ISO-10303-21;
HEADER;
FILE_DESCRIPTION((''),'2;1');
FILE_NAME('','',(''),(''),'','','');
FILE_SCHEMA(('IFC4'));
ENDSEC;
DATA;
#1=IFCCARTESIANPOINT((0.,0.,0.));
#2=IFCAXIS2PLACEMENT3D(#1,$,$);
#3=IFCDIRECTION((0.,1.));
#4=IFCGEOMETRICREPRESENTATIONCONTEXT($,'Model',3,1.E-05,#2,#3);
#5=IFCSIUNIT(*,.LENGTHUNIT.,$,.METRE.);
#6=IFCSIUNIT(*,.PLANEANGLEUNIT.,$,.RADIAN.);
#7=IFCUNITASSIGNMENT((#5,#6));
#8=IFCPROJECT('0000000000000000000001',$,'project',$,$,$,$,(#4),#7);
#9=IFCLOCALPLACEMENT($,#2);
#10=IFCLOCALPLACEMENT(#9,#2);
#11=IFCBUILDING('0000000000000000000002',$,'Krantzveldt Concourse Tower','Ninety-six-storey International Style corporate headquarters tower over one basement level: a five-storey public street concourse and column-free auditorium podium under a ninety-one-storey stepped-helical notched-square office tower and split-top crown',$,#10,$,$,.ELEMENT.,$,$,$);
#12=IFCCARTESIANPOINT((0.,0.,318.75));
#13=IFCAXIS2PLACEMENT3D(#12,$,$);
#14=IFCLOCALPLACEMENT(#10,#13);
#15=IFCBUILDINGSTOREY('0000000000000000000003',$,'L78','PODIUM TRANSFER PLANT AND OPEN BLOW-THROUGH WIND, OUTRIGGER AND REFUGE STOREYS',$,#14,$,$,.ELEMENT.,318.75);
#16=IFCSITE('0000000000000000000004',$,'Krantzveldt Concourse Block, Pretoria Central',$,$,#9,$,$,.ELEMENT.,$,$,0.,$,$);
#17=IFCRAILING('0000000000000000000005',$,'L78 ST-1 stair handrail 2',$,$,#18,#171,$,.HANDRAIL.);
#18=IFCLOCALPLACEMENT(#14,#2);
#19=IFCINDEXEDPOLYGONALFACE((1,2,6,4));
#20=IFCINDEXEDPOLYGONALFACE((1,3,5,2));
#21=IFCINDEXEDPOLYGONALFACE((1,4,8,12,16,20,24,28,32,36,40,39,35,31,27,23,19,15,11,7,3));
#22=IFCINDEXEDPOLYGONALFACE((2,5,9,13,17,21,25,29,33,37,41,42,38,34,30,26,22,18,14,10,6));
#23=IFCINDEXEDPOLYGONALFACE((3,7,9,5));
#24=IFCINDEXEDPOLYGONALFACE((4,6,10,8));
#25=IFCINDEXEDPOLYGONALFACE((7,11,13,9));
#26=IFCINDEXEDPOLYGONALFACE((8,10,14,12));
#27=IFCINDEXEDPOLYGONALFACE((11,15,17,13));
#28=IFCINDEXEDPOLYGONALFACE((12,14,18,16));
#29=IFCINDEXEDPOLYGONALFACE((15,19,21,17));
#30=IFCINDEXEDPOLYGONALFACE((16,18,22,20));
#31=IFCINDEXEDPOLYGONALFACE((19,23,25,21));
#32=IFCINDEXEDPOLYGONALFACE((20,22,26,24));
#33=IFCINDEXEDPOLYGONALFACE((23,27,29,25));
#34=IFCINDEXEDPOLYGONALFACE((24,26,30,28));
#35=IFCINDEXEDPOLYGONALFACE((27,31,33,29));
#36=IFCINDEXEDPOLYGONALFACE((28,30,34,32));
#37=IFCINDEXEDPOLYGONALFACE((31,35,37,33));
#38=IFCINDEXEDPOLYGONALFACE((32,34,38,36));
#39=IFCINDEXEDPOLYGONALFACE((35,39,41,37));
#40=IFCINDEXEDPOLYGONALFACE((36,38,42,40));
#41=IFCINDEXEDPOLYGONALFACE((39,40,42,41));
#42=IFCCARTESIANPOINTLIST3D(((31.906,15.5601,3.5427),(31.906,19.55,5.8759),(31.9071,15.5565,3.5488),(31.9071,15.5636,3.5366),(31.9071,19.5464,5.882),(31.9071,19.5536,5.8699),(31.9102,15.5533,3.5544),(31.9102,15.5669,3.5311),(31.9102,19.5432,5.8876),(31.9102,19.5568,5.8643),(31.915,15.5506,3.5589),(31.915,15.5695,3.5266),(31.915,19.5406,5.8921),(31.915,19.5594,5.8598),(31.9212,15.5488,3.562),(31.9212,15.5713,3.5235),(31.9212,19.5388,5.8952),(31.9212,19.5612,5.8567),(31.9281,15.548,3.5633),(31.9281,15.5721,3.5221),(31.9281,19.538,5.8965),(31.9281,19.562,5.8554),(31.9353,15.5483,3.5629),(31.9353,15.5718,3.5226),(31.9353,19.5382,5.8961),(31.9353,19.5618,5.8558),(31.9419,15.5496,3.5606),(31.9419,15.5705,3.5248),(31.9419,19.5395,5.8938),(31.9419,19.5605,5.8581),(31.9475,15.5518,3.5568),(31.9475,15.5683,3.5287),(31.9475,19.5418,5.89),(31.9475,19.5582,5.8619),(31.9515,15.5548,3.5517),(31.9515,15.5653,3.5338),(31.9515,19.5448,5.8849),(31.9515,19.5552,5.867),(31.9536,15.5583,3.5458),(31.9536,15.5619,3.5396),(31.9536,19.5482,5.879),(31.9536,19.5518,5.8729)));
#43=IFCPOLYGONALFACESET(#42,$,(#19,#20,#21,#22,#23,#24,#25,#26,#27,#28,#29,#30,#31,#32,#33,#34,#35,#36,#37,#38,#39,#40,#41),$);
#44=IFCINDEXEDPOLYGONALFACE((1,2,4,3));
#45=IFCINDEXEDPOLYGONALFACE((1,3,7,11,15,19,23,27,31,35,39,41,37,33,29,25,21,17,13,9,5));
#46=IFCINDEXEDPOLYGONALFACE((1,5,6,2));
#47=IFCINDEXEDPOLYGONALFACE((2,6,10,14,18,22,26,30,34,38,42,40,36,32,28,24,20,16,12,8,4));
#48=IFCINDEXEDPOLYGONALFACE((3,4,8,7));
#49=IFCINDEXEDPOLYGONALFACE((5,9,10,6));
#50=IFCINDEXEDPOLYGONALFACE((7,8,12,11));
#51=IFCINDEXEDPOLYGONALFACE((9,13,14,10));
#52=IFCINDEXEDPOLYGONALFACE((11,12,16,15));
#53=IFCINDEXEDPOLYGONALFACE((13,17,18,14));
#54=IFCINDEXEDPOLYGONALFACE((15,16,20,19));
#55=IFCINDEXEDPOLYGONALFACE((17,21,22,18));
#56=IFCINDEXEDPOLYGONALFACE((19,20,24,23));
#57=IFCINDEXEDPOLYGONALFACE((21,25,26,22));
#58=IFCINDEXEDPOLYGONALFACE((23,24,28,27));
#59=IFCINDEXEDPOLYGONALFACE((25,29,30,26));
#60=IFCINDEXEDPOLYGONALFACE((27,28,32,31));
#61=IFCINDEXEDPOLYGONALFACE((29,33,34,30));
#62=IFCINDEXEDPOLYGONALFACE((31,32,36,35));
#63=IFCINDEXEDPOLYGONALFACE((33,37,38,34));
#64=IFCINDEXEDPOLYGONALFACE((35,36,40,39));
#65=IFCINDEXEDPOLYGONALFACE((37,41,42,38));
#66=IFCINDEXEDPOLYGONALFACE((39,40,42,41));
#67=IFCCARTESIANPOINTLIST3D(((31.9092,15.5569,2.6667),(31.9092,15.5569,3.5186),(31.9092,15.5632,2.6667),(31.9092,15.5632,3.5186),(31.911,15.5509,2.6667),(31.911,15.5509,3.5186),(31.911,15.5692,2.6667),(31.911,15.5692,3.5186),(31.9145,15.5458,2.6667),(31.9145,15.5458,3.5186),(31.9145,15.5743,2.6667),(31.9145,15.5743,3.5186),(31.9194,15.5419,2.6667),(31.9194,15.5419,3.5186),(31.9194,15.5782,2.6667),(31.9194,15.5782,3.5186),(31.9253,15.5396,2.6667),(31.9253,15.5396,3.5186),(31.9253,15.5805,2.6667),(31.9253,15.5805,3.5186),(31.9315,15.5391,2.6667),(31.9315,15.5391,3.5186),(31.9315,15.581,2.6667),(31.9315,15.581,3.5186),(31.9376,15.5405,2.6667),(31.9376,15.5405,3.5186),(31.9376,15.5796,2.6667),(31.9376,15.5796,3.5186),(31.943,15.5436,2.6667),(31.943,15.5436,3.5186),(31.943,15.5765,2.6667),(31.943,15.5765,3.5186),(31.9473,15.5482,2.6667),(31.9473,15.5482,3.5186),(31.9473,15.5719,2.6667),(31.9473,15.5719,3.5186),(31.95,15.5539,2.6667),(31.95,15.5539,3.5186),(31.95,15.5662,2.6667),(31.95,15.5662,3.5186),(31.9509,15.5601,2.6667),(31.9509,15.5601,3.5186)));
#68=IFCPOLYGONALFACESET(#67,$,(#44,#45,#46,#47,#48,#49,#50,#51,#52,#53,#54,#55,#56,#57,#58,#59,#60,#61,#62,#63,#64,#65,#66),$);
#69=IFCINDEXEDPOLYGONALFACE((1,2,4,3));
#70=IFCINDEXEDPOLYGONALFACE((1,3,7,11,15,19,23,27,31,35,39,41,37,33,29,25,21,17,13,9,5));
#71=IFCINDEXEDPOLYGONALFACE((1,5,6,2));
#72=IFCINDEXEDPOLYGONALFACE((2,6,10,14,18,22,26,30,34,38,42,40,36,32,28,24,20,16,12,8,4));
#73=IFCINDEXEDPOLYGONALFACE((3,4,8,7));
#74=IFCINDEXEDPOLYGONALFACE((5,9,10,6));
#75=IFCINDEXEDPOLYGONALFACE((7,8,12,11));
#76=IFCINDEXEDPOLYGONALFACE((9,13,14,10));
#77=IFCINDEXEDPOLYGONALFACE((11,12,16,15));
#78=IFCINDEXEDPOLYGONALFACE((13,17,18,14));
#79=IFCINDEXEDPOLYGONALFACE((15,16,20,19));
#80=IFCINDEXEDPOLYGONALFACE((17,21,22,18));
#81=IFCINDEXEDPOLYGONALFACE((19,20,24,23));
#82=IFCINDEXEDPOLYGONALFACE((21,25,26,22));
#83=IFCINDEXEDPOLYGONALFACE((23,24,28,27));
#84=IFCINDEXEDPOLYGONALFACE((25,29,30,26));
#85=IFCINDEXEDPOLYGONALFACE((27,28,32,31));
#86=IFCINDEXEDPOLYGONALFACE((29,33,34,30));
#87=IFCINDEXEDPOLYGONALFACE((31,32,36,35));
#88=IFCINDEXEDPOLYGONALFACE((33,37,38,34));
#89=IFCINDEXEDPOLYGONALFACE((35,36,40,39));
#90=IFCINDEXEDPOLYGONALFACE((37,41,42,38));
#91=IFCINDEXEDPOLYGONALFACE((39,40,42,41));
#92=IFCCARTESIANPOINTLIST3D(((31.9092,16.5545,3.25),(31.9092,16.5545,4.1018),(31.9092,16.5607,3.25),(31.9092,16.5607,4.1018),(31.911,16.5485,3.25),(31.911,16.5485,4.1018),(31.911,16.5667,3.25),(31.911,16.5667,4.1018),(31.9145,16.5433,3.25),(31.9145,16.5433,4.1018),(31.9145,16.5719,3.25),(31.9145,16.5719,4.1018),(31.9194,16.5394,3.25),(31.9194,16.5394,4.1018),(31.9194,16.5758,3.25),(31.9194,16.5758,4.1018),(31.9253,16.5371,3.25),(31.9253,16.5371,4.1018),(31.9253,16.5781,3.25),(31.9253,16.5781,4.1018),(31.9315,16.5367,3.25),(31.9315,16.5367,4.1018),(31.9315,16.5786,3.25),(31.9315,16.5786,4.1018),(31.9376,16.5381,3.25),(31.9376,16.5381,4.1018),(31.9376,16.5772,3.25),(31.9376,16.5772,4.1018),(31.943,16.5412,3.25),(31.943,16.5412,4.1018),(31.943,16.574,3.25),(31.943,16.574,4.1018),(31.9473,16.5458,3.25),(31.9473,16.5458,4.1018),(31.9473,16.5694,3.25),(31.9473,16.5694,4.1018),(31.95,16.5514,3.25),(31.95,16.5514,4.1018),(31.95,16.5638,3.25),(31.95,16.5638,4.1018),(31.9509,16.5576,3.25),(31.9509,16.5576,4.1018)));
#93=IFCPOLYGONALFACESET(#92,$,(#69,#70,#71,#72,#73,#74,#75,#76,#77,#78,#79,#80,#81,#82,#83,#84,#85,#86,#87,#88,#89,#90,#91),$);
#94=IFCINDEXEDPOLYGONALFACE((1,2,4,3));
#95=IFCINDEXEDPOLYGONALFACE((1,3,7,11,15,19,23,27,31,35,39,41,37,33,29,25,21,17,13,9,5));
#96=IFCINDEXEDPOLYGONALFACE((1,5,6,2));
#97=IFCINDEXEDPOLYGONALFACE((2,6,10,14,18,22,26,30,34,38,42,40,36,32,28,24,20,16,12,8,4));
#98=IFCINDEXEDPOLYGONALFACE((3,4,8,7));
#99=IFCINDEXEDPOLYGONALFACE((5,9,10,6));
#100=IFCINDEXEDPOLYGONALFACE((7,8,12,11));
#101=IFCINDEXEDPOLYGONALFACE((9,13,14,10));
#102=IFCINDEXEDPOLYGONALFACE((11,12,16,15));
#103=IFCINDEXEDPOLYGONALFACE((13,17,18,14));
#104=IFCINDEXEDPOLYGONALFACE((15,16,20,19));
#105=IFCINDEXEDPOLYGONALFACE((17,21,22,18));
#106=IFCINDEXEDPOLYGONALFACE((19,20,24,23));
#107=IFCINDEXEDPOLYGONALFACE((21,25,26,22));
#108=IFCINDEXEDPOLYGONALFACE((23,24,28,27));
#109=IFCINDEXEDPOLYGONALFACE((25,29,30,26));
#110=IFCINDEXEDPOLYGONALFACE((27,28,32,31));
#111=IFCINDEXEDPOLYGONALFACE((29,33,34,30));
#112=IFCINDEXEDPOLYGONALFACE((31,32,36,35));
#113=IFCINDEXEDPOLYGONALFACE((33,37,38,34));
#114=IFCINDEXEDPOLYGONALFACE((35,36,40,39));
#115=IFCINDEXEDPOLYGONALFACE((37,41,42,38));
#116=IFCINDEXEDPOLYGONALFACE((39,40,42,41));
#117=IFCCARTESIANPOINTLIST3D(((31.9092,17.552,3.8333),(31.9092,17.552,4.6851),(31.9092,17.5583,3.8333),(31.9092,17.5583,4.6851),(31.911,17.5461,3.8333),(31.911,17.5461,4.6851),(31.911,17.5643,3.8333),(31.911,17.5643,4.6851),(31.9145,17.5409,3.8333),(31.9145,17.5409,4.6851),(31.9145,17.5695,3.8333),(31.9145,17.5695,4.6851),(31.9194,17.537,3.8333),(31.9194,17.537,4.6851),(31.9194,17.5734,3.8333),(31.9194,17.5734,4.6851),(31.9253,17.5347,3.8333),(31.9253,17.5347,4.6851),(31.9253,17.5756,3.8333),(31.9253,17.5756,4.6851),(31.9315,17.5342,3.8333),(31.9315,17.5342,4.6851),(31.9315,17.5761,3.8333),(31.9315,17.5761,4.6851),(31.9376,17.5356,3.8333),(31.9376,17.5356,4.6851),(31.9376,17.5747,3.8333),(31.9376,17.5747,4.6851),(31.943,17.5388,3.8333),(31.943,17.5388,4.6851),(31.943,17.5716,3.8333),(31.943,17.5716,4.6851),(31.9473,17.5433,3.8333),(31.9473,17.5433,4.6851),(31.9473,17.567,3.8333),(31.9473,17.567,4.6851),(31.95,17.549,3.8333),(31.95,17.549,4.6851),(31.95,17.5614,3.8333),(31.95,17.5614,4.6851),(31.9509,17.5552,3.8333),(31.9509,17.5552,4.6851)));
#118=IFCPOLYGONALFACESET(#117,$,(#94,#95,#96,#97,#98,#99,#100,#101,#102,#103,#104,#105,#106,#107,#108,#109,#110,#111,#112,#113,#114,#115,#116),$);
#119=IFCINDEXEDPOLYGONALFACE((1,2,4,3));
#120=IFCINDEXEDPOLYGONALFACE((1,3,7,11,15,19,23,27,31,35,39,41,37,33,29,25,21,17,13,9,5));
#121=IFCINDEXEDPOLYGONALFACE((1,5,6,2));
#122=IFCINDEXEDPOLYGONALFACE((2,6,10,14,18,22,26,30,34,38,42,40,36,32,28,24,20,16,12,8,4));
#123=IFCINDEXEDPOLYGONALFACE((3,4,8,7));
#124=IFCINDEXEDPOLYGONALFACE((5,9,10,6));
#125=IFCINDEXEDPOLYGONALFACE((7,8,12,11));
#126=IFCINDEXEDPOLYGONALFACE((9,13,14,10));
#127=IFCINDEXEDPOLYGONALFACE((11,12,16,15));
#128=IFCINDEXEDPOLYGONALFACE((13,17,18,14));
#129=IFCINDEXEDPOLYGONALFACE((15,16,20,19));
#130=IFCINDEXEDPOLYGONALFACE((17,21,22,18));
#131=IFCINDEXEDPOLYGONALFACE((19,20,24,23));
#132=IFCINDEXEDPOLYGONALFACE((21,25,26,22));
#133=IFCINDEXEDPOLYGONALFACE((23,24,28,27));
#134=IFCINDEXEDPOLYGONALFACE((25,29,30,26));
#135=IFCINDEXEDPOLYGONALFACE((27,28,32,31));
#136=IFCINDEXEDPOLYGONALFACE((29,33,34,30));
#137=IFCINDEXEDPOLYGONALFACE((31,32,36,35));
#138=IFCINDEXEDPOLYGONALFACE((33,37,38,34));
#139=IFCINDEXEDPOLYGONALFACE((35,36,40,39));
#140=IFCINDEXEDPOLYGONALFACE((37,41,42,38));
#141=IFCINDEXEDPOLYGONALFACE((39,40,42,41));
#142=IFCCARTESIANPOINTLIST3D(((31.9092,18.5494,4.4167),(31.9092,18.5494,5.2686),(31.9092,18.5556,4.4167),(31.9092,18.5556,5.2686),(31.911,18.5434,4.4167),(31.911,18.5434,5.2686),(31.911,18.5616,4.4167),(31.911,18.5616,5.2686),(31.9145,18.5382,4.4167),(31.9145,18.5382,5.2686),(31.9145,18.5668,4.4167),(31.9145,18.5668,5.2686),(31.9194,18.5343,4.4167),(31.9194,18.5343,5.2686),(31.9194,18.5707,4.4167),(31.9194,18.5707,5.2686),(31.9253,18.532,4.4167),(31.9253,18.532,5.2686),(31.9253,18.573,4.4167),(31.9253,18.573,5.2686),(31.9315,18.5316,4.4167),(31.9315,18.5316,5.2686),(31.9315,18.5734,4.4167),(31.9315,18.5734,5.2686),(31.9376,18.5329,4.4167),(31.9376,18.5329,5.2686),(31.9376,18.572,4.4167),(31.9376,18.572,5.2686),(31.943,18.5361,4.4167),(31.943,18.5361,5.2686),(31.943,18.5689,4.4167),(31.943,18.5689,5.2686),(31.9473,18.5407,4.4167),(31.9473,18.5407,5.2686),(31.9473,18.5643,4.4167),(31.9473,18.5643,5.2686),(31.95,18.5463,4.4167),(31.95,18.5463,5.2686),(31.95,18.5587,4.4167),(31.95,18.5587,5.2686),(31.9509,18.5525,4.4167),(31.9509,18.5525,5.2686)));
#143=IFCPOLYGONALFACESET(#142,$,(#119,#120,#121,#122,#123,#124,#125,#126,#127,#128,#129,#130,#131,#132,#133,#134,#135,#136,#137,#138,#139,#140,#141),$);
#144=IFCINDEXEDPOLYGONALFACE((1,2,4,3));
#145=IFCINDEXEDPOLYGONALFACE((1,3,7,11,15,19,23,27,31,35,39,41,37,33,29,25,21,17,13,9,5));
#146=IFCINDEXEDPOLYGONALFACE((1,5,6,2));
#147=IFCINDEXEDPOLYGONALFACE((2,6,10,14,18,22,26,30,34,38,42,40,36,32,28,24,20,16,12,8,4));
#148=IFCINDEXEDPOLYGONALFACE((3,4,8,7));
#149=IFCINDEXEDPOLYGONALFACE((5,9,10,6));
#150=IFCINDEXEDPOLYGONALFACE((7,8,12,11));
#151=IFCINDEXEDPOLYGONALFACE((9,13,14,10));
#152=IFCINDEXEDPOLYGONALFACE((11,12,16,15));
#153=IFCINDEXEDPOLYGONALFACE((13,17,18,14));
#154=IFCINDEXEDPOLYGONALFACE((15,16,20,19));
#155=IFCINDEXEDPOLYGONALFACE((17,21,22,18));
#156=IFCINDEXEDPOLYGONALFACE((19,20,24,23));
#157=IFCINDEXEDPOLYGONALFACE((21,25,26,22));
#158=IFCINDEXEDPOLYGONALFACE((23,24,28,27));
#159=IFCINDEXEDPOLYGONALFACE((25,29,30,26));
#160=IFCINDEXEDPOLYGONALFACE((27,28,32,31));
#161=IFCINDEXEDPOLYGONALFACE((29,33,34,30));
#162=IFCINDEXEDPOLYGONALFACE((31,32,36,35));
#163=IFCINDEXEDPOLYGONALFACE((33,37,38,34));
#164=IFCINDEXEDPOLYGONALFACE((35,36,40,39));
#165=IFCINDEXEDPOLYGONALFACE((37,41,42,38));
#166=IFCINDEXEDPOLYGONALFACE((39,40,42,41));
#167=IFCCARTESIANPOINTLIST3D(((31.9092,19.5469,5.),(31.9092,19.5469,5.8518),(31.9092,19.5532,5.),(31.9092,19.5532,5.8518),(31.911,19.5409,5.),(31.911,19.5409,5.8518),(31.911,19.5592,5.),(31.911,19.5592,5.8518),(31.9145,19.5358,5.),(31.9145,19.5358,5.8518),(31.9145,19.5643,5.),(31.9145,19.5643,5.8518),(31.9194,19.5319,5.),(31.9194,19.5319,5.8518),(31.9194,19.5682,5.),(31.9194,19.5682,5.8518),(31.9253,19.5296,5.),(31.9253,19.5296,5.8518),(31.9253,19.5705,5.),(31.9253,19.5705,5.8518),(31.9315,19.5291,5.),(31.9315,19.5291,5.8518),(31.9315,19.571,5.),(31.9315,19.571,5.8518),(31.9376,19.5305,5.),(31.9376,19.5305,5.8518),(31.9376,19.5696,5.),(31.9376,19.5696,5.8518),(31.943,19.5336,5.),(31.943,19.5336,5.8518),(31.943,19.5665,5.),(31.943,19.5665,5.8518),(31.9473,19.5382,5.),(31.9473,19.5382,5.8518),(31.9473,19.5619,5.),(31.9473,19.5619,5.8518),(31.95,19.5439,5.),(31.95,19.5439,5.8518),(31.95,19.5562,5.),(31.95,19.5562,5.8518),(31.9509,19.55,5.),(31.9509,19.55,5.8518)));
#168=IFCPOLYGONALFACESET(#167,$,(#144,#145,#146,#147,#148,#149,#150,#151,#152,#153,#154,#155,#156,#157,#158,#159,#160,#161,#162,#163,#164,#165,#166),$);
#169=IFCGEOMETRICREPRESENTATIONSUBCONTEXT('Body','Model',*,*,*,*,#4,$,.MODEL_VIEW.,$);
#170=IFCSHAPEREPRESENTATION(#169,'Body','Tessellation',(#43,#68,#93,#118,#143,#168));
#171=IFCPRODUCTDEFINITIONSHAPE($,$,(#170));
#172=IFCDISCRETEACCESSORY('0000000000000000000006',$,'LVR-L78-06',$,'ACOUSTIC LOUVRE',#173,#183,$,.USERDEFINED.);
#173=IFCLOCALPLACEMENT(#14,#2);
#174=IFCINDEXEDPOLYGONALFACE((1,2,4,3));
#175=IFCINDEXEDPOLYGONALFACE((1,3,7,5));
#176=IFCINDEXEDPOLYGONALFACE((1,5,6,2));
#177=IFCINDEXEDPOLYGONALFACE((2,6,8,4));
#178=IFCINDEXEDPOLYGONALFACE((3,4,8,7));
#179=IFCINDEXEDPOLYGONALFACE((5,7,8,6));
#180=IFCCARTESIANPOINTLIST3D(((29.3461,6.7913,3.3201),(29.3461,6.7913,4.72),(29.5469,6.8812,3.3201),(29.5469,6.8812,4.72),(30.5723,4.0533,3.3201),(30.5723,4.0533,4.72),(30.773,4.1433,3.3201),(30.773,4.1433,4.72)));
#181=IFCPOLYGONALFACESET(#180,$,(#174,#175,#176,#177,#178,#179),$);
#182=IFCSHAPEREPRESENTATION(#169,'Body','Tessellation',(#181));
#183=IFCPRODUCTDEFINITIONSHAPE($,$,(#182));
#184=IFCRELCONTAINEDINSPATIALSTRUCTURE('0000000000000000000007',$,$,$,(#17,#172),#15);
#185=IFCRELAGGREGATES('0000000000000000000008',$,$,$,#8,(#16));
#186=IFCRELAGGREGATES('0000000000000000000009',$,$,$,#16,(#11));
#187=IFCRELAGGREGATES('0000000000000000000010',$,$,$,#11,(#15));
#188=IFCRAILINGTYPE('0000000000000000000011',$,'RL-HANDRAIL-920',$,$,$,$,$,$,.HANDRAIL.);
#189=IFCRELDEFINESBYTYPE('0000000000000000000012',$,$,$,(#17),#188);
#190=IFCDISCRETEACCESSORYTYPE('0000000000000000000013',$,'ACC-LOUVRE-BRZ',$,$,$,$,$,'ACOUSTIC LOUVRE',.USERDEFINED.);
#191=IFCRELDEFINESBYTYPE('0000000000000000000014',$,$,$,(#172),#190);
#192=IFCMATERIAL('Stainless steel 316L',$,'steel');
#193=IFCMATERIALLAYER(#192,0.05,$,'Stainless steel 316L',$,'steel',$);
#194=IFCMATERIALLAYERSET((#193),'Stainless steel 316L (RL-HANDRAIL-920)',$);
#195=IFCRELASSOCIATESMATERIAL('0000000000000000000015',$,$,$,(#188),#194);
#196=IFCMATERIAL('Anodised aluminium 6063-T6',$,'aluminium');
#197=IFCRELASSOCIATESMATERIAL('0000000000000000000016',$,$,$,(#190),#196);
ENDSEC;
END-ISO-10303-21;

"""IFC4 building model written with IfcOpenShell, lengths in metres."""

from ifc_helpers import new_model, si_unit, direction, frame, origin, origin_2d, place, context, subcontext, project, spatial, rectangle, circle, extrude, source, transform, mapped, material, layer, layer_set, type_object, type_shapes, element, save


model = new_model("IFC4")

# Units and contexts
model_context = context("Model", 3, precision=1e-05, world=origin(), true_north=direction((0.0, 1.0)))
body_context = subcontext(model_context, "Body", "Model", "MODEL_VIEW")
ifc_project = project(units=[si_unit("LENGTHUNIT", "METRE"), si_unit("PLANEANGLEUNIT", "RADIAN")], contexts=[model_context])

# Site, building, storey
site_placement = place(None, origin())
site = spatial("IfcSite", under=ifc_project, at=site_placement, Name="Krantzveldt Concourse Block, Pretoria Central", CompositionType="ELEMENT", RefElevation=0.0)
building_placement = place(site_placement, origin())
building = spatial("IfcBuilding", under=site, at=building_placement, Name="Krantzveldt Concourse Tower", Description="Ninety-six-storey International Style corporate headquarters tower over one basement level: a five-storey public street concourse and column-free auditorium podium under a ninety-one-storey stepped-helical notched-square office tower and split-top crown", CompositionType="ELEMENT")
storey_placement = place(building_placement, frame((0.0, 0.0, 318.75)))
storey = spatial("IfcBuildingStorey", under=building, at=storey_placement, Name="L78", Description="PODIUM TRANSFER PLANT AND OPEN BLOW-THROUGH WIND, OUTRIGGER AND REFUGE STOREYS", CompositionType="ELEMENT", Elevation=318.75)

# Shared definitions
ifc_material_1 = material(Name="Stainless steel 316L", Category="steel")

# Railing
ifc_layer_1 = layer(ifc_material_1, 0.05, Name="Stainless steel 316L", Category="steel")
ifc_layer_set_1 = layer_set([ifc_layer_1], Name="Stainless steel 316L (RL-HANDRAIL-920)")
railing_type_1 = type_object("IfcRailingType", Name="RL-HANDRAIL-920", PredefinedType="HANDRAIL", material=ifc_layer_set_1)
railing_1_placement = place(storey_placement, frame((31.9299, 15.5601, 2.6667)))
element("IfcRailing", 1, at=railing_1_placement, inside=storey, type_object=railing_type_1, Name="L78 ST-1 stair handrail 2", PredefinedType="HANDRAIL", context=body_context, shape_type="SweptSolid", body=[
    extrude(circle(Radius=0.0239, at=origin_2d()), frame((0.0, 0.0, 0.876), z_axis=(0.0, 0.863236, 0.5048), x_axis=(-1.0, 0.0, 0.0)), (0.0, 0.0, 1.0), 4.6221),
    extrude(circle(Radius=0.021, at=origin_2d()), origin(), (0.0, 0.0, 1.0), 0.8518),
    extrude(circle(Radius=0.021, at=origin_2d()), frame((0.0, 0.9976, 0.5833)), (0.0, 0.0, 1.0), 0.8518),
    extrude(circle(Radius=0.021, at=origin_2d()), frame((0.0, 1.9951, 1.1665)), (0.0, 0.0, 1.0), 0.8518),
    extrude(circle(Radius=0.021, at=origin_2d()), frame((0.0, 2.9924, 1.75)), (0.0, 0.0, 1.0), 0.8518),
    extrude(circle(Radius=0.021, at=origin_2d()), frame((0.0, 3.99, 2.3333)), (0.0, 0.0, 1.0), 0.8518),
])

# Discrete accessory
ifc_material_2 = material(Name="Anodised aluminium 6063-T6", Category="aluminium")
discrete_accessory_type = type_object("IfcDiscreteAccessoryType", Name="ACC-LOUVRE-BRZ", ElementType="ACOUSTIC LOUVRE", PredefinedType="USERDEFINED", material=ifc_material_2)
shared_shape_1 = source(origin(), body_context, "Body", "SweptSolid", [
    extrude(rectangle(XDim=3.0, YDim=0.22, at=origin_2d()), origin(), (0.0, 0.0, 1.0), 1.3999),
])
type_shapes(discrete_accessory_type, [shared_shape_1])
discrete_accessory_placement = place(storey_placement, frame((30.0596, 5.4673, 3.3201), z_axis=(0.0, 0.0, 1.0), x_axis=(0.408729, -0.912656, 0.0)))
element("IfcDiscreteAccessory", 2, at=discrete_accessory_placement, inside=storey, type_object=discrete_accessory_type, Name="LVR-L78-06", ObjectType="ACOUSTIC LOUVRE", PredefinedType="USERDEFINED", context=body_context, shape_type="MappedRepresentation", body=[
    mapped(shared_shape_1, transform((0.0, 0.0, 0.0), x_axis=(1.0, 0.0, 0.0), y_axis=(0.0, 1.0, 0.0), z_axis=(0.0, 0.0, 1.0), scale=1.0)),
])

save(model, "model.ifc")
